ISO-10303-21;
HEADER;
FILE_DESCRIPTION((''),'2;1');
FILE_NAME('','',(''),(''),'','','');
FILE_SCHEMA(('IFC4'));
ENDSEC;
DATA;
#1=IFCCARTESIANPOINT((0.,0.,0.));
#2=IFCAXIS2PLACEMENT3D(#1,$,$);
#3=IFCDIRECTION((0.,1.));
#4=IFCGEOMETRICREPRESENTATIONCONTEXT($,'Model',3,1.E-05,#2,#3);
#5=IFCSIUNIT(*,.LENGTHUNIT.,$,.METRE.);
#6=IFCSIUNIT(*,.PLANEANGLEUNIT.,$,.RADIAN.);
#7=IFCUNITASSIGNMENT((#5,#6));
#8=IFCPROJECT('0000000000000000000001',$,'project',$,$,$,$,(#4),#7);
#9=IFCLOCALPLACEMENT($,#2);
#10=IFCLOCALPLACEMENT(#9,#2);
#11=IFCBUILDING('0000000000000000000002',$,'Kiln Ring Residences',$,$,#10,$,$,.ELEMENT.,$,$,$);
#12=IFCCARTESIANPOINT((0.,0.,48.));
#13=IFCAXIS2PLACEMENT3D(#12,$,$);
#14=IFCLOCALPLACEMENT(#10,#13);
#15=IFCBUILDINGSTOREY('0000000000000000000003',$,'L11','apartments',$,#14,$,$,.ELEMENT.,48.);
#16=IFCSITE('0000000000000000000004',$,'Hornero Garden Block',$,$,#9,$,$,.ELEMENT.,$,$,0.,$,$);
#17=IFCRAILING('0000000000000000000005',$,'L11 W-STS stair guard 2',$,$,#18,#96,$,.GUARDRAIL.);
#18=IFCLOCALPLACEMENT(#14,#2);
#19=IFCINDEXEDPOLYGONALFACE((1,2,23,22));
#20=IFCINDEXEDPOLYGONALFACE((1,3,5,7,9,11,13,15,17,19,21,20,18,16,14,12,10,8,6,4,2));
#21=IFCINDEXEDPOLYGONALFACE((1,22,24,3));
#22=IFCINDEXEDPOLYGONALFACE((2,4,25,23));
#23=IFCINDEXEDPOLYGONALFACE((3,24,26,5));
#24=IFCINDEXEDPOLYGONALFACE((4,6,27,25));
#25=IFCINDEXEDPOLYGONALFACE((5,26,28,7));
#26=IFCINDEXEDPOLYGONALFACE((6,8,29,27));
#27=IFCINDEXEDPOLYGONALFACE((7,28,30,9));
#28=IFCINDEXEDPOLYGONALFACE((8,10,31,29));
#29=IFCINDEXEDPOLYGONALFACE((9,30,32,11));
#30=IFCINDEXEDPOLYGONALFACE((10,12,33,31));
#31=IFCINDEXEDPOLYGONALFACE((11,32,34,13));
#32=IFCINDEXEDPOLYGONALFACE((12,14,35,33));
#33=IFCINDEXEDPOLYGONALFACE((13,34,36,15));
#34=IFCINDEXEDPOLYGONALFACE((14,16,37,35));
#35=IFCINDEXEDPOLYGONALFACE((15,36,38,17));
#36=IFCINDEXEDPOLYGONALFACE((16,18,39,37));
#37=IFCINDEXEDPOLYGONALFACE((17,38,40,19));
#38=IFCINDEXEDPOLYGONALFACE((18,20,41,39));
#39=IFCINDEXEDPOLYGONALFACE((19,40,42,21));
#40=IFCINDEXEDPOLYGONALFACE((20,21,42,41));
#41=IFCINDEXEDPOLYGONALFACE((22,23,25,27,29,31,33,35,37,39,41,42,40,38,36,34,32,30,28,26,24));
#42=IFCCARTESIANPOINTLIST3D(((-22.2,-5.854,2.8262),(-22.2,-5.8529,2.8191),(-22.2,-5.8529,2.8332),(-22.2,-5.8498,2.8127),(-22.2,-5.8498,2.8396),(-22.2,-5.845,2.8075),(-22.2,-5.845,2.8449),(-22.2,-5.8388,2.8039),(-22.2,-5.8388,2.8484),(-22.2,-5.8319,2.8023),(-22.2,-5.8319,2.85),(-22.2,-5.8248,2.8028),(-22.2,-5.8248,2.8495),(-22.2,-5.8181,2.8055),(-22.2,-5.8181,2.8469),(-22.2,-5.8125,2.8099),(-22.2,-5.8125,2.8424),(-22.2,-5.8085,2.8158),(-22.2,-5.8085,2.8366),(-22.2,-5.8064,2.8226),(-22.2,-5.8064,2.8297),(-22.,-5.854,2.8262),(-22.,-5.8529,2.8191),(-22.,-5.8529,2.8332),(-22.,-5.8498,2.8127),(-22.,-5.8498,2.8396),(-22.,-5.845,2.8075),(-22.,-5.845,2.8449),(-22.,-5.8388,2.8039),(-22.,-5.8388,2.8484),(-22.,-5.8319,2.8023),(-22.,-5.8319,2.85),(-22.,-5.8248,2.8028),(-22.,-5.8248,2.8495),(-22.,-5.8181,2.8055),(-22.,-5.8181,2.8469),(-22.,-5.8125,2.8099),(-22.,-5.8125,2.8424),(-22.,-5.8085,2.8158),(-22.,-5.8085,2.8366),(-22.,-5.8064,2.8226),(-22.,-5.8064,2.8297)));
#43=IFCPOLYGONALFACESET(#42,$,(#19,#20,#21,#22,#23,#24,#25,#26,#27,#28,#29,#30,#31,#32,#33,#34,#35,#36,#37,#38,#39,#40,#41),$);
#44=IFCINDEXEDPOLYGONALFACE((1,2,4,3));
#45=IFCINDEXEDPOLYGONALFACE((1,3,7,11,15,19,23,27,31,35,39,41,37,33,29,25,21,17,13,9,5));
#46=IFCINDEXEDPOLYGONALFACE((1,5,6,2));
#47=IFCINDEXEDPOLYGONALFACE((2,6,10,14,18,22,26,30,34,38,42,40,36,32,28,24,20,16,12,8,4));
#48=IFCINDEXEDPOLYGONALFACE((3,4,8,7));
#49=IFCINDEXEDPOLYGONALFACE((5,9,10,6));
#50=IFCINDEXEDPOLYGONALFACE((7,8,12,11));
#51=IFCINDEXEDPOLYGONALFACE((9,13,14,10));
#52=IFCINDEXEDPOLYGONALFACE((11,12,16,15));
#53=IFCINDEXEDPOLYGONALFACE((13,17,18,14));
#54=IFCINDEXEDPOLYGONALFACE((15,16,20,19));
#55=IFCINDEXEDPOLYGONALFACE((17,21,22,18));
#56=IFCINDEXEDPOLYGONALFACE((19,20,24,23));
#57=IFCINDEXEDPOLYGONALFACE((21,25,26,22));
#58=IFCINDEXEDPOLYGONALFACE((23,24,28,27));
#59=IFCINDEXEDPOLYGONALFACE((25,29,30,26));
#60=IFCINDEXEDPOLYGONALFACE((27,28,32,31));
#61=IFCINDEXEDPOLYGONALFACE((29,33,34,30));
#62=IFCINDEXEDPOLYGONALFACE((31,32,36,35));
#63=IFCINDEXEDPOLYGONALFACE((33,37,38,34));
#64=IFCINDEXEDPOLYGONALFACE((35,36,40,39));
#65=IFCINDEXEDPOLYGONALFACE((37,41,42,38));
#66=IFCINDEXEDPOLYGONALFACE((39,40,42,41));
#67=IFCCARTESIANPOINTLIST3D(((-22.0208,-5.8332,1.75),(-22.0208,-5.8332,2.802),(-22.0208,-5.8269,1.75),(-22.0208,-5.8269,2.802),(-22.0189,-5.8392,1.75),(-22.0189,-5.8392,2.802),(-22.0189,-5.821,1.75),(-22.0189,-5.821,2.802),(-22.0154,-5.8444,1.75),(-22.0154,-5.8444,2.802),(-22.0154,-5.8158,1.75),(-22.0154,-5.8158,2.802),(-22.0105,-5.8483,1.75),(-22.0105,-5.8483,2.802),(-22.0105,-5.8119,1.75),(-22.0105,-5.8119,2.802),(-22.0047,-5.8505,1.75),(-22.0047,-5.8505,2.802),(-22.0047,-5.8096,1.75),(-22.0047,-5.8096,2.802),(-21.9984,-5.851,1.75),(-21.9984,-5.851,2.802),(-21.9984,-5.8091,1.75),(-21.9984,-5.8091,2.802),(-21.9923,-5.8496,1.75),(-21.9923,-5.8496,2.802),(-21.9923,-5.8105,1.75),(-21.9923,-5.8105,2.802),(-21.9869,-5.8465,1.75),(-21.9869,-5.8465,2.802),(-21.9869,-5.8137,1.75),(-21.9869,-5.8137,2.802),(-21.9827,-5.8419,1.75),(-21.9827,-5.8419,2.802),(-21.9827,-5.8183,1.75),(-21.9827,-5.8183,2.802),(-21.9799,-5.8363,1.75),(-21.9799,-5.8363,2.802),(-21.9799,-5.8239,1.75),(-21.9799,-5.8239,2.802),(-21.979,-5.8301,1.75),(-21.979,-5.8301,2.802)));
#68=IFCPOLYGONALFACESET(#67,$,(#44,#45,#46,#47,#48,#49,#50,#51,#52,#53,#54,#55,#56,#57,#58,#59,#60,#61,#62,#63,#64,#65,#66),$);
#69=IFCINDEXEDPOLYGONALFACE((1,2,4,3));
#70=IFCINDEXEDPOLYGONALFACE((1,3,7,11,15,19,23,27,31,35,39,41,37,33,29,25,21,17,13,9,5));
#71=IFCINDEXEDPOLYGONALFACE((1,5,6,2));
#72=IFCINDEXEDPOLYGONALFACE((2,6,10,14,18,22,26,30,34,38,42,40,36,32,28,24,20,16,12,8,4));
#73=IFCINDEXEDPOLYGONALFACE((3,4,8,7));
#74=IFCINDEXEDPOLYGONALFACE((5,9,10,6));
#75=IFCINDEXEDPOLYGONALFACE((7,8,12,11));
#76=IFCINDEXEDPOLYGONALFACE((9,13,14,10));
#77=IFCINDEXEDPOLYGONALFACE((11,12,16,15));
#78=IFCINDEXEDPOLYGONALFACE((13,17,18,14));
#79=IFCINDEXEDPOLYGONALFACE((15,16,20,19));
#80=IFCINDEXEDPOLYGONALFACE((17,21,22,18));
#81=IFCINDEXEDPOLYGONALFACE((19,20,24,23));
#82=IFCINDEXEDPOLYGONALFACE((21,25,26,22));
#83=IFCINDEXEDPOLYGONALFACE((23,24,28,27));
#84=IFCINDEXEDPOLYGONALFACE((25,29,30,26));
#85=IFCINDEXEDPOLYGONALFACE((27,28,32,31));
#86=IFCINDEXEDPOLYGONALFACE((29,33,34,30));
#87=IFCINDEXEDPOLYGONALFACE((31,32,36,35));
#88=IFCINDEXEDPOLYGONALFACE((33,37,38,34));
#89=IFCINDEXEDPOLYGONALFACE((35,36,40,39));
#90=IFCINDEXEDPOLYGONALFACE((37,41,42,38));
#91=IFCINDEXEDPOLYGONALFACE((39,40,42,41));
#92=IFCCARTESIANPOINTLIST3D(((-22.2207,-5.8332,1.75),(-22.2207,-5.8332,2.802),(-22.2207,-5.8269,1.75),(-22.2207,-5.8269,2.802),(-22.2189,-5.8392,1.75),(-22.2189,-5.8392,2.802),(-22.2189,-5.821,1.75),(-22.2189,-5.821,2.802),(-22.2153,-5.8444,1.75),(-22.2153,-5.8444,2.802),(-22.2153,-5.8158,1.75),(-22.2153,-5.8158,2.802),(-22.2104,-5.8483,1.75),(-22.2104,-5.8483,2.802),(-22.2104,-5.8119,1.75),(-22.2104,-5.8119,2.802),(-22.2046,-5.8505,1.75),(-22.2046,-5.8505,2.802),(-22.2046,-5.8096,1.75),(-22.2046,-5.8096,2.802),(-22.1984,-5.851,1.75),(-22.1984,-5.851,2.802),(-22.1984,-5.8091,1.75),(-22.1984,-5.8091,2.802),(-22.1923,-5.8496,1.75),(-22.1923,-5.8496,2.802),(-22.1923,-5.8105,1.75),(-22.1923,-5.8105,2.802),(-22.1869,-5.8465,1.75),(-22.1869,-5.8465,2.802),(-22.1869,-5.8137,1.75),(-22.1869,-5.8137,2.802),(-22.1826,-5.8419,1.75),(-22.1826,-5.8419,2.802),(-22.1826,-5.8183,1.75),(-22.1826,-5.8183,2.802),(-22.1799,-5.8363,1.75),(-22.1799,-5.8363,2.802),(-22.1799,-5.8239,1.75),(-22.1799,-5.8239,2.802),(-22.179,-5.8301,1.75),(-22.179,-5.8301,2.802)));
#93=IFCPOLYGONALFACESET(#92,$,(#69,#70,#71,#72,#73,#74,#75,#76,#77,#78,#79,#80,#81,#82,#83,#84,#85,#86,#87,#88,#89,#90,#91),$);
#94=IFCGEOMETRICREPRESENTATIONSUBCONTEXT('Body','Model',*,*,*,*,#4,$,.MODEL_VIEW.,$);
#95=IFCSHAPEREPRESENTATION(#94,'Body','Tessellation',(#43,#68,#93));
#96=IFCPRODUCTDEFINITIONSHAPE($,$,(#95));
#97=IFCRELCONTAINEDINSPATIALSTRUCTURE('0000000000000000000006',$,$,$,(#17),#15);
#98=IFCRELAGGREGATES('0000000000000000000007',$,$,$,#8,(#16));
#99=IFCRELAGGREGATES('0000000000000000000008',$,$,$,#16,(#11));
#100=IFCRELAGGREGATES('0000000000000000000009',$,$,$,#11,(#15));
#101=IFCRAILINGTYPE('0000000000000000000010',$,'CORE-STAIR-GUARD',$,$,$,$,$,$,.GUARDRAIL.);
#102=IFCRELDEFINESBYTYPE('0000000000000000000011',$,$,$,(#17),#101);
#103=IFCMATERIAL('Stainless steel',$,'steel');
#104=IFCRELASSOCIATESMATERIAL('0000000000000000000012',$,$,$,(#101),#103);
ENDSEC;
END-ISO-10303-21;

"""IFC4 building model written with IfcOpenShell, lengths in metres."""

from ifc_helpers import new_model, si_unit, direction, frame, origin, origin_2d, place, context, subcontext, project, spatial, circle, extrude, material, type_object, element, save


model = new_model("IFC4")

# Units and contexts
model_context = context("Model", 3, precision=1e-05, world=origin(), true_north=direction((0.0, 1.0)))
body_context = subcontext(model_context, "Body", "Model", "MODEL_VIEW")
ifc_project = project(units=[si_unit("LENGTHUNIT", "METRE"), si_unit("PLANEANGLEUNIT", "RADIAN")], contexts=[model_context])

# Site, building, storey
site_placement = place(None, origin())
site = spatial("IfcSite", under=ifc_project, at=site_placement, Name="Hornero Garden Block", CompositionType="ELEMENT", RefElevation=0.0)
building_placement = place(site_placement, origin())
building = spatial("IfcBuilding", under=site, at=building_placement, Name="Kiln Ring Residences", CompositionType="ELEMENT")
storey_placement = place(building_placement, frame((0.0, 0.0, 48.0)))
storey = spatial("IfcBuildingStorey", under=building, at=storey_placement, Name="L11", Description="apartments", CompositionType="ELEMENT", Elevation=48.0)

# Railing
ifc_material_1 = material(Name="Stainless steel", Category="steel")
railing_type_1 = type_object("IfcRailingType", Name="CORE-STAIR-GUARD", PredefinedType="GUARDRAIL", material=ifc_material_1)
railing_1_placement = place(storey_placement, frame((-22.0, -5.8301, 1.75)))
element("IfcRailing", 1, at=railing_1_placement, inside=storey, type_object=railing_type_1, Name="L11 W-STS stair guard 2", PredefinedType="GUARDRAIL", context=body_context, shape_type="SweptSolid", body=[
    extrude(circle(Radius=0.0239, at=origin_2d()), frame((0.0, 0.0, 1.0762), z_axis=(-1.0, 0.0, 0.0), x_axis=(0.0, -1.0, 0.0)), (0.0, 0.0, 1.0), 0.2),
    extrude(circle(Radius=0.021, at=origin_2d()), origin(), (0.0, 0.0, 1.0), 1.052),
    extrude(circle(Radius=0.021, at=origin_2d()), frame((-0.2, 0.0, 0.0)), (0.0, 0.0, 1.0), 1.052),
])

save(model, "model.ifc")
